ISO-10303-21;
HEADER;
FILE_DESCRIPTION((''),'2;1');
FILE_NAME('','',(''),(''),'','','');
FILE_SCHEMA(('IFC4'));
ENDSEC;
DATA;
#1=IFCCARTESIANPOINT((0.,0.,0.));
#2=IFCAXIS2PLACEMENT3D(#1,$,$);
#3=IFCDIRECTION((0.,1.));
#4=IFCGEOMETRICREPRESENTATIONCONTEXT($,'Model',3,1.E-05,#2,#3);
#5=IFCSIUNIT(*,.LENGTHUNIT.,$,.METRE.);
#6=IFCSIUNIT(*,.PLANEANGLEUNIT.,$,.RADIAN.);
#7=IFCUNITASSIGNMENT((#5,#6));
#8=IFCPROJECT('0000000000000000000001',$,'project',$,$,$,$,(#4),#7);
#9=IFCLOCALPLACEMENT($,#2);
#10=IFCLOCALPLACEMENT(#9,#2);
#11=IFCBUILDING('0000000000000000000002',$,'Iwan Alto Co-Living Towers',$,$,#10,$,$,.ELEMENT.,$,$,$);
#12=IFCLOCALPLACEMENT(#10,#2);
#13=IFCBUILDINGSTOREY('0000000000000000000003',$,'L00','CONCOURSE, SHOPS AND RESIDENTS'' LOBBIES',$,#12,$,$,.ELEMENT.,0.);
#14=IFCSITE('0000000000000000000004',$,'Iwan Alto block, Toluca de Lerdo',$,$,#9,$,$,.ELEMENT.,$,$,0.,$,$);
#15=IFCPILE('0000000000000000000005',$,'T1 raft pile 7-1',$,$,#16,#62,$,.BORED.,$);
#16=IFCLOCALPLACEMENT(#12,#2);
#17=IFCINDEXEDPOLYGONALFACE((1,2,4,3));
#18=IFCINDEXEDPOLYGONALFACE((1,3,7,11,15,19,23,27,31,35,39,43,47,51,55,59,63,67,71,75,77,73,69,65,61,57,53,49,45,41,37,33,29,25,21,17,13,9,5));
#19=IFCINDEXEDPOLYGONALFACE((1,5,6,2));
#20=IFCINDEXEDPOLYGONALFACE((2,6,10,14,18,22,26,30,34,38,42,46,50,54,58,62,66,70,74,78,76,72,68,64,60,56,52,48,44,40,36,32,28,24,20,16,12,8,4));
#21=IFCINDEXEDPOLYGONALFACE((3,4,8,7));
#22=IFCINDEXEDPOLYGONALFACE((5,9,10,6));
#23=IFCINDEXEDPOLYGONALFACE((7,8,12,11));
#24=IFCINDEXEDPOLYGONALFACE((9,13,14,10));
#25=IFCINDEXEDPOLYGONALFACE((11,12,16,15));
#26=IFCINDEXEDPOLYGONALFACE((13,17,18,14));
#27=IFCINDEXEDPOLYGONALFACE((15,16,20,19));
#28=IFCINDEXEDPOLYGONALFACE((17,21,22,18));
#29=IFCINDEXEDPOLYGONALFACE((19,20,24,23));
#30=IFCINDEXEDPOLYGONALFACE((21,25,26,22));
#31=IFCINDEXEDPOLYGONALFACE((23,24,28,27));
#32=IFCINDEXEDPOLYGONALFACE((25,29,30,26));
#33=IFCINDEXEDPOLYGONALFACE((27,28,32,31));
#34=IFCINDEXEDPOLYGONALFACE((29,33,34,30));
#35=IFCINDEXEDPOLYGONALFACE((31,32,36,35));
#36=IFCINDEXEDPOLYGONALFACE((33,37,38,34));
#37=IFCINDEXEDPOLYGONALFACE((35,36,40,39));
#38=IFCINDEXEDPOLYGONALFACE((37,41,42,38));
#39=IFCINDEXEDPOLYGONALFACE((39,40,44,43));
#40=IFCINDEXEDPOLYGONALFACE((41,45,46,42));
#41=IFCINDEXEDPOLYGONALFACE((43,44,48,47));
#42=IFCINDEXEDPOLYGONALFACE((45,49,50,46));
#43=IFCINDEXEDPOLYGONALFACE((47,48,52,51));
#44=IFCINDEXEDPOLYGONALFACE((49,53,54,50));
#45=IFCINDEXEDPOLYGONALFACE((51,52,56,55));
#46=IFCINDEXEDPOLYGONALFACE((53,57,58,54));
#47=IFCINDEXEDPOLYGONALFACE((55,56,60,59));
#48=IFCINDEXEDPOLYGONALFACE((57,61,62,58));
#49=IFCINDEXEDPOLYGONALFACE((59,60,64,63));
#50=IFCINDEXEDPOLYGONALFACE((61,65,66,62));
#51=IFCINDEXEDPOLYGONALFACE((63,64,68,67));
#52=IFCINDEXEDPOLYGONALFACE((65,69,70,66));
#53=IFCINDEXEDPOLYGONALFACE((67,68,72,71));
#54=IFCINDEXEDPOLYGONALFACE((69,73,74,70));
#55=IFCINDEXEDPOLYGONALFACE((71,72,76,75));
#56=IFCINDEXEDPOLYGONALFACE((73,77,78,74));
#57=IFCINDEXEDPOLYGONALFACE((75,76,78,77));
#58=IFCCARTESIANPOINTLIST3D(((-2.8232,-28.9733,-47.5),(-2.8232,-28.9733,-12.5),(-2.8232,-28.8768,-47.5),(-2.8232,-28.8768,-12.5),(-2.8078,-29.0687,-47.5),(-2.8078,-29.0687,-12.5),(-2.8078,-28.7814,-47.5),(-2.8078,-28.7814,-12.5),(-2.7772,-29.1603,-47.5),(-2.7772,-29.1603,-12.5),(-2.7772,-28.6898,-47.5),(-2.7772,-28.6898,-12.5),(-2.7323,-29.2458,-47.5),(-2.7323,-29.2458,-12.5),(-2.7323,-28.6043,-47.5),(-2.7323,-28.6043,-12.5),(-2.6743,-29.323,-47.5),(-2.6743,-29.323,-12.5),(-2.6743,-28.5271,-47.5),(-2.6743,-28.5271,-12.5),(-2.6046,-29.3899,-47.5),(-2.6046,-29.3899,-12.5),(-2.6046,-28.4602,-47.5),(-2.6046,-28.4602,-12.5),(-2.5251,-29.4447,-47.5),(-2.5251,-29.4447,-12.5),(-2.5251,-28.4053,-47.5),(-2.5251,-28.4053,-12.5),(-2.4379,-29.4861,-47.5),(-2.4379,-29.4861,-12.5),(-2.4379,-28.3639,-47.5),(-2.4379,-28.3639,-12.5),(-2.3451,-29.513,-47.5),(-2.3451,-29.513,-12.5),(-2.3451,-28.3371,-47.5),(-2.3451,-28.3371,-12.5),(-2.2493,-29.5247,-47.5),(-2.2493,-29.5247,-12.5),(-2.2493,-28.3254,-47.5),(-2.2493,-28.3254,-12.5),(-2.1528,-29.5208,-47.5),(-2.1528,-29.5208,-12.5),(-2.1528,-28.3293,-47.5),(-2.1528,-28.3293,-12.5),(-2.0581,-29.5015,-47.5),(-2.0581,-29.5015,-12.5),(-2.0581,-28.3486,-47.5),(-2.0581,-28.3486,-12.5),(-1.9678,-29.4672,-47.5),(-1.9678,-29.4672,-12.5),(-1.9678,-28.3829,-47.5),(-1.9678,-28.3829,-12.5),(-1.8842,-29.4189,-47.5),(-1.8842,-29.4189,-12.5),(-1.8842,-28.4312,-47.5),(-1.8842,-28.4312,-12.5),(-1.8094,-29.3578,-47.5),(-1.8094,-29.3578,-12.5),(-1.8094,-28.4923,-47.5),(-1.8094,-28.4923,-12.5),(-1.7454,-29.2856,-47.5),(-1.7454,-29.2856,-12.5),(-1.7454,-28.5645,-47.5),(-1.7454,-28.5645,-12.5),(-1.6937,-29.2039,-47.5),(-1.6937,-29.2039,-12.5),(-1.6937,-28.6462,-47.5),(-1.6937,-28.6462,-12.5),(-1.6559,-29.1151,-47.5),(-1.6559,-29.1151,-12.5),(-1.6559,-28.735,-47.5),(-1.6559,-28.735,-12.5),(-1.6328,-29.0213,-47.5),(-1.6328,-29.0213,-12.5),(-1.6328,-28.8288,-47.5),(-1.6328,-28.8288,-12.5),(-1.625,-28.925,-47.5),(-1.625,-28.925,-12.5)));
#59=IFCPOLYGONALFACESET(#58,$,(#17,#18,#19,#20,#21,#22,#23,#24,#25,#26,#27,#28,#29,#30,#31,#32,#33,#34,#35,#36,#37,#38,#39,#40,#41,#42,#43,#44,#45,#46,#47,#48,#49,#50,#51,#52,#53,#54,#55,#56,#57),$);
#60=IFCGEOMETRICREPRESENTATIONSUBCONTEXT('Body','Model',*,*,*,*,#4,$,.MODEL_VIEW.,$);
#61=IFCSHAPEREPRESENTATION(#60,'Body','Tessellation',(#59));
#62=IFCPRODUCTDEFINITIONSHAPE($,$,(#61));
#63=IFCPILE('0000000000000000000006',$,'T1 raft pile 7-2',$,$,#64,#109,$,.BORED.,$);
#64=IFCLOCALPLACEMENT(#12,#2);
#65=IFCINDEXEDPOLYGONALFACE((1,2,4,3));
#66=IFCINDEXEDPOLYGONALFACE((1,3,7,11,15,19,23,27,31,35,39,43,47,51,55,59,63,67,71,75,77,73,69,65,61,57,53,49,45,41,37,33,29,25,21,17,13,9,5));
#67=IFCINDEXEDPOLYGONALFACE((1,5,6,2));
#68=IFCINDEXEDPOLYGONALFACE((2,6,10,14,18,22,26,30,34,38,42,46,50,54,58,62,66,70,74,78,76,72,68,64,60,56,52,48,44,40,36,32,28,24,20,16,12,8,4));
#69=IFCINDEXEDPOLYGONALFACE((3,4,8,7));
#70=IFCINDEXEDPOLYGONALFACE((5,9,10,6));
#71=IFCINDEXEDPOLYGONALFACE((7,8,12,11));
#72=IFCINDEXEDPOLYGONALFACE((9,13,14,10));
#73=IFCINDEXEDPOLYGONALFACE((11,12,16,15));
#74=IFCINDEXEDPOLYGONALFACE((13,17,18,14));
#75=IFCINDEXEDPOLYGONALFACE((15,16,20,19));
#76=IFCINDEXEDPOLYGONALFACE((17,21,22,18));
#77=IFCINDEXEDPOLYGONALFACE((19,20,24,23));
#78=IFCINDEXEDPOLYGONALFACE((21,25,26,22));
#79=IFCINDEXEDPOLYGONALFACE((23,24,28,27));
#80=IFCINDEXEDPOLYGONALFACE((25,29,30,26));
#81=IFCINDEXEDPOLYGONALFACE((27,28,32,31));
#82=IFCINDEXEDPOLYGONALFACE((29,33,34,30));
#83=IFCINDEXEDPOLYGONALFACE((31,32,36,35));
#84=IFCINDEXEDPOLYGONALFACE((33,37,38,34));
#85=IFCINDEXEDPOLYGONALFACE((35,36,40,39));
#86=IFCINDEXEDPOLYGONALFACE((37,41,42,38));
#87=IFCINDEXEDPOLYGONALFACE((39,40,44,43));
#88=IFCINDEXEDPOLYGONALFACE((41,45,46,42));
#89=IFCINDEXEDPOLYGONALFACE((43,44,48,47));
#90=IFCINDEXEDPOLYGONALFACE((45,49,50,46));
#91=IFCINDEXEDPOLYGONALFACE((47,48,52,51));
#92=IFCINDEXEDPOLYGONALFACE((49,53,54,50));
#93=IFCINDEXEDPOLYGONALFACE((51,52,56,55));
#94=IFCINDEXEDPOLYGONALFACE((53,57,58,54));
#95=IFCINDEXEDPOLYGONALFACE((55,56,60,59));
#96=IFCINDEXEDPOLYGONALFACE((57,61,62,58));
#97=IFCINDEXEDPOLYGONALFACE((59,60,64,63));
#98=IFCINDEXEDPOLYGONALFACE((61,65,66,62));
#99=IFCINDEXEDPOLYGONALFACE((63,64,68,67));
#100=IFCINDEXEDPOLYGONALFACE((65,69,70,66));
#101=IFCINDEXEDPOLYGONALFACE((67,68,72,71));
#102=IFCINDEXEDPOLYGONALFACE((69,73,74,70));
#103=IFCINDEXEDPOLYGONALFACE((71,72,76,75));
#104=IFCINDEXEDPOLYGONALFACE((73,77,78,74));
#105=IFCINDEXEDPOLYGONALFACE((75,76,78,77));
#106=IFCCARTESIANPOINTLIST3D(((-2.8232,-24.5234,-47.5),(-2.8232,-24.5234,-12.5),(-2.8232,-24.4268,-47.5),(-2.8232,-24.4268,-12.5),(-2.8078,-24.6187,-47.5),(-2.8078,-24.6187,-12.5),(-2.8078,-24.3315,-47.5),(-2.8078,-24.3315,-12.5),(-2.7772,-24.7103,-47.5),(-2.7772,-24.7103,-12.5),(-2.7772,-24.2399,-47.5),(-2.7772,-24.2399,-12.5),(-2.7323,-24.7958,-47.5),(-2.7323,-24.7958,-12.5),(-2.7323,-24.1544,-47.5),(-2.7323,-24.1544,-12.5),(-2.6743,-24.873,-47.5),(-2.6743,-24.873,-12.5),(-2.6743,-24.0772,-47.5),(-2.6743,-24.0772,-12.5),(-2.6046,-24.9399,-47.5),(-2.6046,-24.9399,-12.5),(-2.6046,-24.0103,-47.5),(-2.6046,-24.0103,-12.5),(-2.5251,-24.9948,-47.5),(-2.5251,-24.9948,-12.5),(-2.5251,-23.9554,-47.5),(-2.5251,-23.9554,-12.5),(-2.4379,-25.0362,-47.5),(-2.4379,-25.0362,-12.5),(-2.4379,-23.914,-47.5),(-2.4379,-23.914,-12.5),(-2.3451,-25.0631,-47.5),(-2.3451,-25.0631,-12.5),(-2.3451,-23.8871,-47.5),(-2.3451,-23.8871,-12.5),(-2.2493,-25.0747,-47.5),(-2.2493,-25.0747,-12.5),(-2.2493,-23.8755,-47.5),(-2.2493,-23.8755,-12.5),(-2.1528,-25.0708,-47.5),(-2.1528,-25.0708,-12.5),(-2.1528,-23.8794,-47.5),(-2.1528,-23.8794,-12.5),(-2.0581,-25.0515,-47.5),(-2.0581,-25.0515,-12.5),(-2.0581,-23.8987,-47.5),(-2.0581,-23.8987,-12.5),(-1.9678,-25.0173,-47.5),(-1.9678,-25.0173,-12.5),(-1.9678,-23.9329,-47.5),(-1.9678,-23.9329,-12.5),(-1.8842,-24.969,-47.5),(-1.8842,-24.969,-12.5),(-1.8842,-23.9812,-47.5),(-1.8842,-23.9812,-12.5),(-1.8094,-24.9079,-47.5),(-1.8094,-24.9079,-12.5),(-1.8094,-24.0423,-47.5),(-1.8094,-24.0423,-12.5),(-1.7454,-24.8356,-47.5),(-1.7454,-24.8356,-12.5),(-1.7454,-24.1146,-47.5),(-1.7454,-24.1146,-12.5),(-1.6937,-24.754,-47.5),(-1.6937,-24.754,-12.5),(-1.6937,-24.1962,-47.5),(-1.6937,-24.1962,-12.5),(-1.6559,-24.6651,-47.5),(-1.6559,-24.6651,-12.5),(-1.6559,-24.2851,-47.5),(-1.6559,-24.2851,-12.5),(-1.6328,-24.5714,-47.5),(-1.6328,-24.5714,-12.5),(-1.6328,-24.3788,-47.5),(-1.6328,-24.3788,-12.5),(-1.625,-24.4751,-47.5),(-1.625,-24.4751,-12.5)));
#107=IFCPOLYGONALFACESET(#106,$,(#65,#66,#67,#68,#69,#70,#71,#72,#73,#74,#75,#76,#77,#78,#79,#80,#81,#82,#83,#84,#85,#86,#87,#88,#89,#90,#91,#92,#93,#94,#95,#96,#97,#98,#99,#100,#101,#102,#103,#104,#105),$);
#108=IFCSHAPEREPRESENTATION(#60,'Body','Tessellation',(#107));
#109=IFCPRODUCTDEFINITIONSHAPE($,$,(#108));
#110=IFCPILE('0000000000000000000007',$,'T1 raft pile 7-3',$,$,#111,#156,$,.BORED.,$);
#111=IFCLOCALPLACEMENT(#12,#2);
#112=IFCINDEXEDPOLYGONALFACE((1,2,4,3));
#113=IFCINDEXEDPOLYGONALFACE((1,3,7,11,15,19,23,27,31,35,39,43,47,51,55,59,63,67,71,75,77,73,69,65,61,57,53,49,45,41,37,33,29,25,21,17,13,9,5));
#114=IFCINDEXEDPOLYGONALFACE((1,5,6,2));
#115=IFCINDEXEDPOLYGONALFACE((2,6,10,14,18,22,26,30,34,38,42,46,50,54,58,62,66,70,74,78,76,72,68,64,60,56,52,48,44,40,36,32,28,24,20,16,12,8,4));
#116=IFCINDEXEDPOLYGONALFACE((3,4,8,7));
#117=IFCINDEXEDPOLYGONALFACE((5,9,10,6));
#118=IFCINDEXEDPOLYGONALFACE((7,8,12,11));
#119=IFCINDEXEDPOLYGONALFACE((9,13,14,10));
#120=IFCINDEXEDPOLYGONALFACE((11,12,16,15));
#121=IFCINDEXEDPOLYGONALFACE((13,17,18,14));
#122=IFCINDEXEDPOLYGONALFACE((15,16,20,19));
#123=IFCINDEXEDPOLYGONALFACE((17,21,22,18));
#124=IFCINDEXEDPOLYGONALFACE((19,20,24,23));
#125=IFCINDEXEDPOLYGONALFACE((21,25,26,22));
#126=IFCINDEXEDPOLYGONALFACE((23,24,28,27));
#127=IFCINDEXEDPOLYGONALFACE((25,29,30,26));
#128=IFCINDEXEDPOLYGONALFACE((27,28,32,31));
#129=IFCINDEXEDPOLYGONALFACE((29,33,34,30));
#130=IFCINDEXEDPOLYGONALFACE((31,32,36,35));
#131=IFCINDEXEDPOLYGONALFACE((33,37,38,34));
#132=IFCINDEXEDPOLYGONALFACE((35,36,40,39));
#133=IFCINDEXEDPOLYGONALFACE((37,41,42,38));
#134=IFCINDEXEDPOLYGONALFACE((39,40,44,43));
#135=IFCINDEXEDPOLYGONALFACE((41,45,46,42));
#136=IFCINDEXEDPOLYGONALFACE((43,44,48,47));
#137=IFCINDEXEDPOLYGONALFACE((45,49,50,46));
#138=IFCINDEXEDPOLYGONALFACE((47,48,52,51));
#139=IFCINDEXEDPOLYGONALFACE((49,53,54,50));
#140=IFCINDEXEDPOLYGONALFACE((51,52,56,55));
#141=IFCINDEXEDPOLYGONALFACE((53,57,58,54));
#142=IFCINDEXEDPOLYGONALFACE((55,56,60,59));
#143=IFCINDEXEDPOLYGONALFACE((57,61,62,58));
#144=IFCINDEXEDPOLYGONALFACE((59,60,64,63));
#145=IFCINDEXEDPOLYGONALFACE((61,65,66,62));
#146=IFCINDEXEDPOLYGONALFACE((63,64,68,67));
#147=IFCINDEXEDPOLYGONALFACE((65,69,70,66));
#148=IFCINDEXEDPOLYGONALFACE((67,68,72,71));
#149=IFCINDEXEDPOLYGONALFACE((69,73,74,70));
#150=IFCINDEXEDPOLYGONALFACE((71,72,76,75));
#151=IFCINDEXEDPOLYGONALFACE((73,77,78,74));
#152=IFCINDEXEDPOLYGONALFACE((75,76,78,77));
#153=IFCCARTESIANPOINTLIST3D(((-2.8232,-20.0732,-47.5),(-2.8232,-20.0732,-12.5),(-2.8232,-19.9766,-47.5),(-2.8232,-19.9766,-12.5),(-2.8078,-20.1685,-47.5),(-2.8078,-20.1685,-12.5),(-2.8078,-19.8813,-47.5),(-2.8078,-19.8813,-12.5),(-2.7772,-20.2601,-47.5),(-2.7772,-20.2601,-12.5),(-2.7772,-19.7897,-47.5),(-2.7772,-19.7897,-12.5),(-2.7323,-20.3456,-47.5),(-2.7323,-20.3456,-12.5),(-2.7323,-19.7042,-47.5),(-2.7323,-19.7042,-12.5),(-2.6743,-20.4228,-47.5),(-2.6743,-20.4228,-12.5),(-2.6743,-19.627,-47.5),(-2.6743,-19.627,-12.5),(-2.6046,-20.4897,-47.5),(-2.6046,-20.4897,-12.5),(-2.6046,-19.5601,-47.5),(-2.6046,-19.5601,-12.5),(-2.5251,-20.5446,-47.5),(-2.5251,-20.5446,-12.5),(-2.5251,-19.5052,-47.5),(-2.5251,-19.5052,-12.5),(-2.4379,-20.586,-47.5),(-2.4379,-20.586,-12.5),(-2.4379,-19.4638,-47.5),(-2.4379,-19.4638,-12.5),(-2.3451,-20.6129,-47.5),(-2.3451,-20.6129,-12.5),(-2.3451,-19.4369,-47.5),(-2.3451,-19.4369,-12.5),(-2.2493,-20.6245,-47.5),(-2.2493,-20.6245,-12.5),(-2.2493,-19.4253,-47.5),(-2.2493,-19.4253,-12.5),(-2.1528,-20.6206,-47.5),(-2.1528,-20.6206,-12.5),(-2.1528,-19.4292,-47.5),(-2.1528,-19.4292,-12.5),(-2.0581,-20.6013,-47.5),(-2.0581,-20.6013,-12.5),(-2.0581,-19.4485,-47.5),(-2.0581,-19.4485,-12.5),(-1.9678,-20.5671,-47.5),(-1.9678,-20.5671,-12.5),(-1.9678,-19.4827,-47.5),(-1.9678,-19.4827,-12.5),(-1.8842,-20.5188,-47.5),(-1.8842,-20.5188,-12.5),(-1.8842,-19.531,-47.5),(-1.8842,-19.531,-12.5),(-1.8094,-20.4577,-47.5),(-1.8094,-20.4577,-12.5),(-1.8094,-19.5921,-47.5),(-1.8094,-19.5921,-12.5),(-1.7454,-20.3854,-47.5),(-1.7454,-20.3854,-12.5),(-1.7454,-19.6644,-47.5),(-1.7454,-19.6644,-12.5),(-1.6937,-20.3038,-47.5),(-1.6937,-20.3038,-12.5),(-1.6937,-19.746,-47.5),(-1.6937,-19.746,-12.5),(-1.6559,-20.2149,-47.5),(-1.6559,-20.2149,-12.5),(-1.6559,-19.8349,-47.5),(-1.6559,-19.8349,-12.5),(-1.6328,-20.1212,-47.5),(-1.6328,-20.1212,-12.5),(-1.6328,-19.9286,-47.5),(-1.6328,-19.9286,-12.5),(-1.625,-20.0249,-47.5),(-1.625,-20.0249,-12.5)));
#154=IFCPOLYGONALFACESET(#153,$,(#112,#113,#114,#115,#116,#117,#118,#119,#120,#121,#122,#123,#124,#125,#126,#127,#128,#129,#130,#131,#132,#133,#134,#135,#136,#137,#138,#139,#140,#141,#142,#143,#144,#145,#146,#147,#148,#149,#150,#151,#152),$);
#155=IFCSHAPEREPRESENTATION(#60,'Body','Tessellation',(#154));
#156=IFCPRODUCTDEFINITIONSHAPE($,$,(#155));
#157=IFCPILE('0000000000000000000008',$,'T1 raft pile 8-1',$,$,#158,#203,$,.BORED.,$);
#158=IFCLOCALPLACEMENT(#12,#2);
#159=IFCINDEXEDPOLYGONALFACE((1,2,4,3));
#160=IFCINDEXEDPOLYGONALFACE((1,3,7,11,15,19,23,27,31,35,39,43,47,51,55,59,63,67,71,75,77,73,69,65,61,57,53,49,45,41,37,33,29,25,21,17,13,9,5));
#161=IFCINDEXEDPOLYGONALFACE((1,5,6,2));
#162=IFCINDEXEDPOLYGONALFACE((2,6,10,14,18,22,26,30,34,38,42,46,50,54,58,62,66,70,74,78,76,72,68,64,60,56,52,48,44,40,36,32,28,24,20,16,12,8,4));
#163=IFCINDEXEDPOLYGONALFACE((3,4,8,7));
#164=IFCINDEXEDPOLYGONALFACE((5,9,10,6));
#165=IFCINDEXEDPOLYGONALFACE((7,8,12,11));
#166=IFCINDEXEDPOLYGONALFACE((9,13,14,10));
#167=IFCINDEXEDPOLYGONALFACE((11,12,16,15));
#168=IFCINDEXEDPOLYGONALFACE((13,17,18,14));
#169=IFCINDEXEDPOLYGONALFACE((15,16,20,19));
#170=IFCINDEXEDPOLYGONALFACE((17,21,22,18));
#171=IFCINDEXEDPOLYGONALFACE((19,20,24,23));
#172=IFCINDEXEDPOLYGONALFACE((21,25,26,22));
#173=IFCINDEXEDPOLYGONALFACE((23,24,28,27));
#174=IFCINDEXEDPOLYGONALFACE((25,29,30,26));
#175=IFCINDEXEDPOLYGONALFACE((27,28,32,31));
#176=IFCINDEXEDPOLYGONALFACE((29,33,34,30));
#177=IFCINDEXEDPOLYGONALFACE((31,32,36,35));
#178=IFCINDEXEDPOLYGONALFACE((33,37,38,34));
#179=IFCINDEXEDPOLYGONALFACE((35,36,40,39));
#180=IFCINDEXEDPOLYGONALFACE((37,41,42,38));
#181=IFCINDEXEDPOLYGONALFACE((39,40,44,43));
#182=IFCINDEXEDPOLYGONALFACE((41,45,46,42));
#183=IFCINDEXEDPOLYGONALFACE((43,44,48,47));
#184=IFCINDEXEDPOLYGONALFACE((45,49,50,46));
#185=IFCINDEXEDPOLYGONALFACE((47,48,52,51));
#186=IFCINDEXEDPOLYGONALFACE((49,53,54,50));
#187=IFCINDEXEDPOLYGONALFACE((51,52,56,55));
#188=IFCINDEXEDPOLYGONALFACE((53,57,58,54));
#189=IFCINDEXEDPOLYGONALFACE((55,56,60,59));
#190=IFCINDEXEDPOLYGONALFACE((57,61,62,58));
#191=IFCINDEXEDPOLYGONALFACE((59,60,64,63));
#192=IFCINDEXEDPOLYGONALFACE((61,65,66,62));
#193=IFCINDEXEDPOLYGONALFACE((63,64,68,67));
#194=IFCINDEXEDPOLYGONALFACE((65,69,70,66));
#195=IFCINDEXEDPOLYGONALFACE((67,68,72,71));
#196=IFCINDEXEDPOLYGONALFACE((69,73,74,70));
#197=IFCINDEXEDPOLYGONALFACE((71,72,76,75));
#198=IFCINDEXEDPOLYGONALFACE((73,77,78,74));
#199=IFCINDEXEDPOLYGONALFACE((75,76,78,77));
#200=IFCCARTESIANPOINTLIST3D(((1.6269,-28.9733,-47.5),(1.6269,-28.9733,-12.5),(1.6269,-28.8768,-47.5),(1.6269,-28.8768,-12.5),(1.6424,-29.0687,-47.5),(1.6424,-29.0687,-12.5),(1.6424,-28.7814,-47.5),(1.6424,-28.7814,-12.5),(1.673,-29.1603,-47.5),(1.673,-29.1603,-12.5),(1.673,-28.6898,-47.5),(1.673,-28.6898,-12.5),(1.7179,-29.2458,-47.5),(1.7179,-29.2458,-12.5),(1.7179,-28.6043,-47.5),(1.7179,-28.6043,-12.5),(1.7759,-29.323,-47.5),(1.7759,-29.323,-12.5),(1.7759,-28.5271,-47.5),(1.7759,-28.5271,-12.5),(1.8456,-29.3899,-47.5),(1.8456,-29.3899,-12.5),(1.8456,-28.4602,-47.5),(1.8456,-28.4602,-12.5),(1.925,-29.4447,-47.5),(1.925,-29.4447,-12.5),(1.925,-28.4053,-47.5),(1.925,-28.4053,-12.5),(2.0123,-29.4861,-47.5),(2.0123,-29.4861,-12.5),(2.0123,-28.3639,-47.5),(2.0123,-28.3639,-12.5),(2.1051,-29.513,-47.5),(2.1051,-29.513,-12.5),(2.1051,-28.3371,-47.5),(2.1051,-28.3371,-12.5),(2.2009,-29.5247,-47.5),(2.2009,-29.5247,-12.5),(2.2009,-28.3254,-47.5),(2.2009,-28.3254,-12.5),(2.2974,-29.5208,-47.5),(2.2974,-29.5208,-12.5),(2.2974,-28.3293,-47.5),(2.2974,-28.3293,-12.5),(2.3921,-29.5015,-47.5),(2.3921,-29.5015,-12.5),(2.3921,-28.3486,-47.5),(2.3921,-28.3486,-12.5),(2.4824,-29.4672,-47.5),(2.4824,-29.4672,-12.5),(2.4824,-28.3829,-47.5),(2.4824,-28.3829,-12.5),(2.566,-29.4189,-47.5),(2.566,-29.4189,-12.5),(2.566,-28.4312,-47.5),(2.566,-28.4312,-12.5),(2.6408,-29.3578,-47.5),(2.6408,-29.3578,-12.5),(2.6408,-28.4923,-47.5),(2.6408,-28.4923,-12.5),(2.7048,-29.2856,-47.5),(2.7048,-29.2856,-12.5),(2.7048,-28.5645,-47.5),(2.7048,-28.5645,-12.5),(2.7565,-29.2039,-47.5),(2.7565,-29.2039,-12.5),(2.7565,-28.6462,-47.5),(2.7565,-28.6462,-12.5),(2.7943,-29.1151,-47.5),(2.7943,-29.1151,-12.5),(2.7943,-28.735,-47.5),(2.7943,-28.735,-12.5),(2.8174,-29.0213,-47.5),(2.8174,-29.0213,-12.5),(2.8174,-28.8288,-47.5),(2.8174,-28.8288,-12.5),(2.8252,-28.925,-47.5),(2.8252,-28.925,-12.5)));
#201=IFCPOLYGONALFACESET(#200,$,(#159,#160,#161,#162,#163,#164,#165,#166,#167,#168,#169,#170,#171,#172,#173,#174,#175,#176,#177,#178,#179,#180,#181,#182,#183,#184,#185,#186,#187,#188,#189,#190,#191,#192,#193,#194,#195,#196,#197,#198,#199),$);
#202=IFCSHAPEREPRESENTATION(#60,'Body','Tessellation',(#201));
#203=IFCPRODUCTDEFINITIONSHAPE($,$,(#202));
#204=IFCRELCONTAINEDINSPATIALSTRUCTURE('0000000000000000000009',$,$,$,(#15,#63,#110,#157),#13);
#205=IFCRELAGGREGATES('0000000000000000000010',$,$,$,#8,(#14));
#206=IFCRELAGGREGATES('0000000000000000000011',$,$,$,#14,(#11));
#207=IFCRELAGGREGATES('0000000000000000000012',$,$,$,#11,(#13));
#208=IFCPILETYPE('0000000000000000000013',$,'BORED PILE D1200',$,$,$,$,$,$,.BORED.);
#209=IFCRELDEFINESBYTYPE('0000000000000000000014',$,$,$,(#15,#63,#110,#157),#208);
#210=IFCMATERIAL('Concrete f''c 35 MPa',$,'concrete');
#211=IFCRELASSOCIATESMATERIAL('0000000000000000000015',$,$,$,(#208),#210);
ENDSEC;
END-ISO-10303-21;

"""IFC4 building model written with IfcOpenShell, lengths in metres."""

from ifc_helpers import new_model, si_unit, direction, frame, origin, origin_2d, place, context, subcontext, project, spatial, circle, extrude, material, material_profile, profile_set, type_object, element, save


model = new_model("IFC4")

# Units and contexts
model_context = context("Model", 3, precision=1e-05, world=origin(), true_north=direction((0.0, 1.0)))
body_context = subcontext(model_context, "Body", "Model", "MODEL_VIEW")
ifc_project = project(units=[si_unit("LENGTHUNIT", "METRE"), si_unit("PLANEANGLEUNIT", "RADIAN")], contexts=[model_context])

# Site, building, storey
site_placement = place(None, origin())
site = spatial("IfcSite", under=ifc_project, at=site_placement, Name="Iwan Alto block, Toluca de Lerdo", CompositionType="ELEMENT", RefElevation=0.0)
building_placement = place(site_placement, origin())
building = spatial("IfcBuilding", under=site, at=building_placement, Name="Iwan Alto Co-Living Towers", CompositionType="ELEMENT")
storey_placement = place(building_placement, origin())
storey = spatial("IfcBuildingStorey", under=building, at=storey_placement, Name="L00", Description="CONCOURSE, SHOPS AND RESIDENTS' LOBBIES", CompositionType="ELEMENT", Elevation=0.0)

# Piles
ifc_material_1 = material(Name="Concrete f'c 35 MPa", Category="concrete")
ifc_material_profile_1 = material_profile(ifc_material_1, circle(Radius=0.6001, at=origin_2d()), Name="D1200")
ifc_profile_set_1 = profile_set([ifc_material_profile_1], Name="Concrete f'c 35 MPa")
pile_type_1 = type_object("IfcPileType", Name="BORED PILE D1200", PredefinedType="BORED", material=ifc_profile_set_1)
for number, where, z_axis, x_axis, name in (
    (1, (-2.2251, -28.925, -12.5), (0.0, 0.0, -1.0), (1.0, 0.0, 0.0), "T1 raft pile 7-1"),
    (2, (-2.2251, -24.4751, -12.5), (0.0, 0.0, -1.0), (1.0, 0.0, 0.0), "T1 raft pile 7-2"),
    (3, (-2.2251, -20.0249, -12.5), (0.0, 0.0, -1.0), (1.0, 0.0, 0.0), "T1 raft pile 7-3"),
    (4, (2.2251, -28.925, -12.5), (0.0, 0.0, -1.0), (1.0, 0.0, 0.0), "T1 raft pile 8-1"),
):
    element("IfcPile", number, at=place(storey_placement, frame(where, z_axis=z_axis, x_axis=x_axis)), inside=storey, type_object=pile_type_1, Name=name, PredefinedType="BORED", context=body_context, shape_type="SweptSolid", body=[
        extrude(circle(Radius=0.6001, at=origin_2d()), origin(), (0.0, 0.0, 1.0), 35.0),
    ])

save(model, "model.ifc")
